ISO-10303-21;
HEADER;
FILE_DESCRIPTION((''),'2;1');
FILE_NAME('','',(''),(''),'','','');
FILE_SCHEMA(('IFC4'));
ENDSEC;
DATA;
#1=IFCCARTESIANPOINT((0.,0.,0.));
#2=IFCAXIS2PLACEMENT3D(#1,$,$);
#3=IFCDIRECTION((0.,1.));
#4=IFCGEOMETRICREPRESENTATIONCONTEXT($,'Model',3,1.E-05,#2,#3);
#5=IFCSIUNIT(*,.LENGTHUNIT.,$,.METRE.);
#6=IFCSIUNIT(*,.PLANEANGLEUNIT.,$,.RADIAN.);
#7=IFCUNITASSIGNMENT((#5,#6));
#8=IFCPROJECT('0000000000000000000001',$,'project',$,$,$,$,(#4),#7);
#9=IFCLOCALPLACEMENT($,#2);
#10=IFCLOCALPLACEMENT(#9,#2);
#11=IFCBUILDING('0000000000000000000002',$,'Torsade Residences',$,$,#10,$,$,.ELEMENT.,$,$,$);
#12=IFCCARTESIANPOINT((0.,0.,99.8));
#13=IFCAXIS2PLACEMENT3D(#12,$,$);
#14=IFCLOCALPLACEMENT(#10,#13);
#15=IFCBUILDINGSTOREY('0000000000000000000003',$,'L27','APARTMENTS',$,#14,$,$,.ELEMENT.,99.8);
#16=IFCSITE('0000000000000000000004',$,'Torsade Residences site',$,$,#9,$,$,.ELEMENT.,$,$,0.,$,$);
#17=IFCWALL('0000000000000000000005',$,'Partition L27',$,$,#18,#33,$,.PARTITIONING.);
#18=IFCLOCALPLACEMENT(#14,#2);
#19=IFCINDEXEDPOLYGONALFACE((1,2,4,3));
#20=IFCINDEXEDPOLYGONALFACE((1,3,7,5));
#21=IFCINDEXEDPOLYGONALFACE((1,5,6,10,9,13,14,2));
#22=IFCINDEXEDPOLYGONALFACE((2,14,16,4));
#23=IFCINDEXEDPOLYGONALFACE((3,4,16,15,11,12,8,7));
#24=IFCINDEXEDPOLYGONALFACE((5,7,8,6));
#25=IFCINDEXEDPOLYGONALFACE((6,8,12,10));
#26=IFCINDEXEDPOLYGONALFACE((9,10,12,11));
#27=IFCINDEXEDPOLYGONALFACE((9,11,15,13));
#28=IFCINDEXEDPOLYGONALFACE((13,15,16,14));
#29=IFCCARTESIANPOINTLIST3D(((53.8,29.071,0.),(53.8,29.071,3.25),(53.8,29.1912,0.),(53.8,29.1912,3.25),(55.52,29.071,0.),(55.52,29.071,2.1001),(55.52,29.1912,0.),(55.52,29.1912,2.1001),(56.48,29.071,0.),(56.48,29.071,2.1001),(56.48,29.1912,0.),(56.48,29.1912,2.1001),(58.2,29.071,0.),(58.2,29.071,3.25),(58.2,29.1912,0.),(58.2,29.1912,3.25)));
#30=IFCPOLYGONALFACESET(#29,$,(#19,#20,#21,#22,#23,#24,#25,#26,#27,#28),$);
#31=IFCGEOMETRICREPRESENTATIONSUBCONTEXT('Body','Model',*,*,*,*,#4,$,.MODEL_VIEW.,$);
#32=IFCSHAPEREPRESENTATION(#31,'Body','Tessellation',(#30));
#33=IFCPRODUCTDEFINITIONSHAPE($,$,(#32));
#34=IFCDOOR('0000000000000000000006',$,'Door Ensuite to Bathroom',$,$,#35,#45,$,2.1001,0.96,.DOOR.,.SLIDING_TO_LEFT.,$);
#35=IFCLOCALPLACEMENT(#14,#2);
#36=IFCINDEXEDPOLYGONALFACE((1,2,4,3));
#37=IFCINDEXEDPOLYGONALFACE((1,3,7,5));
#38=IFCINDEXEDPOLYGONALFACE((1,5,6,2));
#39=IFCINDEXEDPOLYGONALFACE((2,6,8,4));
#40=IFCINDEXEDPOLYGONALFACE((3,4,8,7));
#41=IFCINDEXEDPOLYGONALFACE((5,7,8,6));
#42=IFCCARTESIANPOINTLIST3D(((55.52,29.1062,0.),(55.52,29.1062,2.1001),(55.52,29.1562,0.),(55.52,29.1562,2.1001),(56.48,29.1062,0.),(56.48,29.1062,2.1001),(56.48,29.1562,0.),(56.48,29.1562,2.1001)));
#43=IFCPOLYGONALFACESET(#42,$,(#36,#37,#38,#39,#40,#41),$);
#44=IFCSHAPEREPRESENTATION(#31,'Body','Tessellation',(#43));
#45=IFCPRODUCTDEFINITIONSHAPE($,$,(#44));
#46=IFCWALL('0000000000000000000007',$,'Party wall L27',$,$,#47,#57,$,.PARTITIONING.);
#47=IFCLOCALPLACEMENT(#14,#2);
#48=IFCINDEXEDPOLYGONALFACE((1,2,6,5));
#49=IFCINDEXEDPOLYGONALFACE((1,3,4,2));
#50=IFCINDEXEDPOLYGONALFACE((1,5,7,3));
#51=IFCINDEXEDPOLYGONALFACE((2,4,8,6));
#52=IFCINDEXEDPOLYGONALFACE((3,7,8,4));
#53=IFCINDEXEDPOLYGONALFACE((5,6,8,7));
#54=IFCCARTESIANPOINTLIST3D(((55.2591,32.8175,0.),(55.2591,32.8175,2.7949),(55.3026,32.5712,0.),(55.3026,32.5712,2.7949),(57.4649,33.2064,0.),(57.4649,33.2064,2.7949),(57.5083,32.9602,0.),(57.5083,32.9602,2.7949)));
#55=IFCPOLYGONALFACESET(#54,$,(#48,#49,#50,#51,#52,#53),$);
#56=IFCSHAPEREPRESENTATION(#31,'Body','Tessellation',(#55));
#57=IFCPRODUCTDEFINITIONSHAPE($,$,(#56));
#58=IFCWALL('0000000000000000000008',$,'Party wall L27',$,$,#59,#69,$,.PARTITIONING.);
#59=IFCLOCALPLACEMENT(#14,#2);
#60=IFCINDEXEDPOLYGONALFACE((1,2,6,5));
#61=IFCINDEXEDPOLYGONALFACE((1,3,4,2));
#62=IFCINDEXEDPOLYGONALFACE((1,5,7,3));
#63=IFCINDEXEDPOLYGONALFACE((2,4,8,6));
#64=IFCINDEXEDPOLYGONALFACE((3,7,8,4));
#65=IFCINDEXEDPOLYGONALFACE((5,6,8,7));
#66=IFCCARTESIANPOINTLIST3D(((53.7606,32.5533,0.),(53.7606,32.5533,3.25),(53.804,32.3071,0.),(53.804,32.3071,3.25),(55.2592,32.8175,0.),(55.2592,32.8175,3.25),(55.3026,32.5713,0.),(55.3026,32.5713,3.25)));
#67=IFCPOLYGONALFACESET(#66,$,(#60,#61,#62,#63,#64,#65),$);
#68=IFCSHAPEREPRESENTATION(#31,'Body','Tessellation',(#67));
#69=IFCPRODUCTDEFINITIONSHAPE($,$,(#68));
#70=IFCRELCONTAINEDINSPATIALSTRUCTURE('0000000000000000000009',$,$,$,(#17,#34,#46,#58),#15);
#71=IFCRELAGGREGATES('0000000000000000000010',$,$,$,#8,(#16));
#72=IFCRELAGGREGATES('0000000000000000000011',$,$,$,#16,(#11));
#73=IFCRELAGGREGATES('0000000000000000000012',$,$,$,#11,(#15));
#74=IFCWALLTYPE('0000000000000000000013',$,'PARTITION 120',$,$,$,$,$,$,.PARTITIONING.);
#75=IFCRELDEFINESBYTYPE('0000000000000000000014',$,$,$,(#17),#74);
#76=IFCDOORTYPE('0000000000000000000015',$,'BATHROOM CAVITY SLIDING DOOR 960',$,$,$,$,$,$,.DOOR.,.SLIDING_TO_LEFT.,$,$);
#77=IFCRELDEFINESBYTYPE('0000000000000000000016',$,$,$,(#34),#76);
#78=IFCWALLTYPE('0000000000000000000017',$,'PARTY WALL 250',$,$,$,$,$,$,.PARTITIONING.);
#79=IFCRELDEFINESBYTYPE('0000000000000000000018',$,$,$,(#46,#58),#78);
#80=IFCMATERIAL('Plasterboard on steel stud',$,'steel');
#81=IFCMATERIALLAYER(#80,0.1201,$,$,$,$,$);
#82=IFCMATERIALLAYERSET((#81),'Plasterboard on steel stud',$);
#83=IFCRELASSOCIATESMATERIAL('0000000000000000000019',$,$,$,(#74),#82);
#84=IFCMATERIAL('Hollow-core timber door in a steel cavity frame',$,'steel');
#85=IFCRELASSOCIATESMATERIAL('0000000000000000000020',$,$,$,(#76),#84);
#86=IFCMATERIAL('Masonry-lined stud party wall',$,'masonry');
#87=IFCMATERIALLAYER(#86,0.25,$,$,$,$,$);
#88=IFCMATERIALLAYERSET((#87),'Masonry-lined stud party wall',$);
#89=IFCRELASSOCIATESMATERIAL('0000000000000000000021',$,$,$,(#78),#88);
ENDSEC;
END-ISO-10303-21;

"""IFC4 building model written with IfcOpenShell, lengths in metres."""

from ifc_helpers import new_model, si_unit, direction, frame, frame_2d, origin, place, context, subcontext, project, spatial, rectangle, extrude, material, layer, layer_set, type_object, element, fill, save


model = new_model("IFC4")

# Units and contexts
model_context = context("Model", 3, precision=1e-05, world=origin(), true_north=direction((0.0, 1.0)))
body_context = subcontext(model_context, "Body", "Model", "MODEL_VIEW")
ifc_project = project(units=[si_unit("LENGTHUNIT", "METRE"), si_unit("PLANEANGLEUNIT", "RADIAN")], contexts=[model_context])

# Site, building, storey
site_placement = place(None, origin())
site = spatial("IfcSite", under=ifc_project, at=site_placement, Name="Torsade Residences site", CompositionType="ELEMENT", RefElevation=0.0)
building_placement = place(site_placement, origin())
building = spatial("IfcBuilding", under=site, at=building_placement, Name="Torsade Residences", CompositionType="ELEMENT")
storey_placement = place(building_placement, frame((0.0, 0.0, 99.8)))
storey = spatial("IfcBuildingStorey", under=building, at=storey_placement, Name="L27", Description="APARTMENTS", CompositionType="ELEMENT", Elevation=99.8)

# Wall, opening, door
ifc_material_1 = material(Name="Plasterboard on steel stud", Category="steel")
ifc_layer_1 = layer(ifc_material_1, 0.1201)
ifc_layer_set_1 = layer_set([ifc_layer_1], Name="Plasterboard on steel stud")
wall_type_1 = type_object("IfcWallType", Name="PARTITION 120", PredefinedType="PARTITIONING", material=ifc_layer_set_1)
wall_1_placement = place(storey_placement, frame((58.2, 29.1311, 0.0), z_axis=(0.0, 0.0, 1.0), x_axis=(-1.0, 0.0, 0.0)))
wall_1 = element("IfcWall", 1, at=wall_1_placement, inside=storey, type_object=wall_type_1, Name="Partition L27", PredefinedType="PARTITIONING", context=body_context, shape_type="SweptSolid", body=[
    extrude(rectangle(XDim=4.3999, YDim=0.1201, at=frame_2d((2.2, 0.0))), origin(), (0.0, 0.0, 1.0), 3.25),
])
opening_1_placement = place(wall_1_placement, frame((1.72, 0.0, 0.0)))
opening_1 = element("IfcOpeningElement", 2, at=opening_1_placement, cuts=wall_1, PredefinedType="OPENING", context=body_context, shape_type="SweptSolid", body=[
    extrude(rectangle(XDim=0.96, YDim=2.1001, at=frame_2d((0.48, 1.05))), frame((0.0, 0.0701, 0.0), z_axis=(0.0, -1.0, 0.0), x_axis=(1.0, 0.0, 0.0)), (0.0, 0.0, 1.0), 0.1401),
])
ifc_material_2 = material(Name="Hollow-core timber door in a steel cavity frame", Category="steel")
door_type_1 = type_object("IfcDoorType", Name="BATHROOM CAVITY SLIDING DOOR 960", OperationType="SLIDING_TO_LEFT", PredefinedType="DOOR", material=ifc_material_2)
door_1_placement = place(opening_1_placement, origin())
door_1 = element("IfcDoor", 3, at=door_1_placement, inside=storey, type_object=door_type_1, Name="Door Ensuite to Bathroom", OperationType="SLIDING_TO_LEFT", OverallHeight=2.1001, OverallWidth=0.96, PredefinedType="DOOR", context=body_context, shape_type="SweptSolid", body=[
    extrude(rectangle(XDim=0.96, YDim=2.1001, at=frame_2d((0.48, 1.05))), frame((0.0, 0.0249, 0.0), z_axis=(0.0, -1.0, 0.0), x_axis=(1.0, 0.0, 0.0)), (0.0, 0.0, 1.0), 0.05),
])
fill(opening_1, door_1)

# Walls
ifc_material_3 = material(Name="Masonry-lined stud party wall", Category="masonry")
ifc_layer_2 = layer(ifc_material_3, 0.25)
ifc_layer_set_2 = layer_set([ifc_layer_2], Name="Masonry-lined stud party wall")
wall_type_2 = type_object("IfcWallType", Name="PARTY WALL 250", PredefinedType="PARTITIONING", material=ifc_layer_set_2)
wall_2_placement = place(storey_placement, frame((57.4866, 33.0833, 0.0), z_axis=(0.0, 0.0, 1.0), x_axis=(-0.98481, -0.173636, 0.0)))
element("IfcWall", 4, at=wall_2_placement, inside=storey, type_object=wall_type_2, Name="Party wall L27", PredefinedType="PARTITIONING", context=body_context, shape_type="SweptSolid", body=[
    extrude(rectangle(XDim=2.2397, YDim=0.25, at=frame_2d((1.1199, 0.0))), origin(), (0.0, 0.0, 1.0), 2.7949),
])
wall_3_placement = place(storey_placement, frame((55.2808, 32.6943, 0.0), z_axis=(0.0, 0.0, 1.0), x_axis=(-0.984816, -0.173602, 0.0)))
element("IfcWall", 5, at=wall_3_placement, inside=storey, type_object=wall_type_2, Name="Party wall L27", PredefinedType="PARTITIONING", context=body_context, shape_type="SweptSolid", body=[
    extrude(rectangle(XDim=1.5217, YDim=0.25, at=frame_2d((0.7607, 0.0))), origin(), (0.0, 0.0, 1.0), 3.25),
])

save(model, "model.ifc")
